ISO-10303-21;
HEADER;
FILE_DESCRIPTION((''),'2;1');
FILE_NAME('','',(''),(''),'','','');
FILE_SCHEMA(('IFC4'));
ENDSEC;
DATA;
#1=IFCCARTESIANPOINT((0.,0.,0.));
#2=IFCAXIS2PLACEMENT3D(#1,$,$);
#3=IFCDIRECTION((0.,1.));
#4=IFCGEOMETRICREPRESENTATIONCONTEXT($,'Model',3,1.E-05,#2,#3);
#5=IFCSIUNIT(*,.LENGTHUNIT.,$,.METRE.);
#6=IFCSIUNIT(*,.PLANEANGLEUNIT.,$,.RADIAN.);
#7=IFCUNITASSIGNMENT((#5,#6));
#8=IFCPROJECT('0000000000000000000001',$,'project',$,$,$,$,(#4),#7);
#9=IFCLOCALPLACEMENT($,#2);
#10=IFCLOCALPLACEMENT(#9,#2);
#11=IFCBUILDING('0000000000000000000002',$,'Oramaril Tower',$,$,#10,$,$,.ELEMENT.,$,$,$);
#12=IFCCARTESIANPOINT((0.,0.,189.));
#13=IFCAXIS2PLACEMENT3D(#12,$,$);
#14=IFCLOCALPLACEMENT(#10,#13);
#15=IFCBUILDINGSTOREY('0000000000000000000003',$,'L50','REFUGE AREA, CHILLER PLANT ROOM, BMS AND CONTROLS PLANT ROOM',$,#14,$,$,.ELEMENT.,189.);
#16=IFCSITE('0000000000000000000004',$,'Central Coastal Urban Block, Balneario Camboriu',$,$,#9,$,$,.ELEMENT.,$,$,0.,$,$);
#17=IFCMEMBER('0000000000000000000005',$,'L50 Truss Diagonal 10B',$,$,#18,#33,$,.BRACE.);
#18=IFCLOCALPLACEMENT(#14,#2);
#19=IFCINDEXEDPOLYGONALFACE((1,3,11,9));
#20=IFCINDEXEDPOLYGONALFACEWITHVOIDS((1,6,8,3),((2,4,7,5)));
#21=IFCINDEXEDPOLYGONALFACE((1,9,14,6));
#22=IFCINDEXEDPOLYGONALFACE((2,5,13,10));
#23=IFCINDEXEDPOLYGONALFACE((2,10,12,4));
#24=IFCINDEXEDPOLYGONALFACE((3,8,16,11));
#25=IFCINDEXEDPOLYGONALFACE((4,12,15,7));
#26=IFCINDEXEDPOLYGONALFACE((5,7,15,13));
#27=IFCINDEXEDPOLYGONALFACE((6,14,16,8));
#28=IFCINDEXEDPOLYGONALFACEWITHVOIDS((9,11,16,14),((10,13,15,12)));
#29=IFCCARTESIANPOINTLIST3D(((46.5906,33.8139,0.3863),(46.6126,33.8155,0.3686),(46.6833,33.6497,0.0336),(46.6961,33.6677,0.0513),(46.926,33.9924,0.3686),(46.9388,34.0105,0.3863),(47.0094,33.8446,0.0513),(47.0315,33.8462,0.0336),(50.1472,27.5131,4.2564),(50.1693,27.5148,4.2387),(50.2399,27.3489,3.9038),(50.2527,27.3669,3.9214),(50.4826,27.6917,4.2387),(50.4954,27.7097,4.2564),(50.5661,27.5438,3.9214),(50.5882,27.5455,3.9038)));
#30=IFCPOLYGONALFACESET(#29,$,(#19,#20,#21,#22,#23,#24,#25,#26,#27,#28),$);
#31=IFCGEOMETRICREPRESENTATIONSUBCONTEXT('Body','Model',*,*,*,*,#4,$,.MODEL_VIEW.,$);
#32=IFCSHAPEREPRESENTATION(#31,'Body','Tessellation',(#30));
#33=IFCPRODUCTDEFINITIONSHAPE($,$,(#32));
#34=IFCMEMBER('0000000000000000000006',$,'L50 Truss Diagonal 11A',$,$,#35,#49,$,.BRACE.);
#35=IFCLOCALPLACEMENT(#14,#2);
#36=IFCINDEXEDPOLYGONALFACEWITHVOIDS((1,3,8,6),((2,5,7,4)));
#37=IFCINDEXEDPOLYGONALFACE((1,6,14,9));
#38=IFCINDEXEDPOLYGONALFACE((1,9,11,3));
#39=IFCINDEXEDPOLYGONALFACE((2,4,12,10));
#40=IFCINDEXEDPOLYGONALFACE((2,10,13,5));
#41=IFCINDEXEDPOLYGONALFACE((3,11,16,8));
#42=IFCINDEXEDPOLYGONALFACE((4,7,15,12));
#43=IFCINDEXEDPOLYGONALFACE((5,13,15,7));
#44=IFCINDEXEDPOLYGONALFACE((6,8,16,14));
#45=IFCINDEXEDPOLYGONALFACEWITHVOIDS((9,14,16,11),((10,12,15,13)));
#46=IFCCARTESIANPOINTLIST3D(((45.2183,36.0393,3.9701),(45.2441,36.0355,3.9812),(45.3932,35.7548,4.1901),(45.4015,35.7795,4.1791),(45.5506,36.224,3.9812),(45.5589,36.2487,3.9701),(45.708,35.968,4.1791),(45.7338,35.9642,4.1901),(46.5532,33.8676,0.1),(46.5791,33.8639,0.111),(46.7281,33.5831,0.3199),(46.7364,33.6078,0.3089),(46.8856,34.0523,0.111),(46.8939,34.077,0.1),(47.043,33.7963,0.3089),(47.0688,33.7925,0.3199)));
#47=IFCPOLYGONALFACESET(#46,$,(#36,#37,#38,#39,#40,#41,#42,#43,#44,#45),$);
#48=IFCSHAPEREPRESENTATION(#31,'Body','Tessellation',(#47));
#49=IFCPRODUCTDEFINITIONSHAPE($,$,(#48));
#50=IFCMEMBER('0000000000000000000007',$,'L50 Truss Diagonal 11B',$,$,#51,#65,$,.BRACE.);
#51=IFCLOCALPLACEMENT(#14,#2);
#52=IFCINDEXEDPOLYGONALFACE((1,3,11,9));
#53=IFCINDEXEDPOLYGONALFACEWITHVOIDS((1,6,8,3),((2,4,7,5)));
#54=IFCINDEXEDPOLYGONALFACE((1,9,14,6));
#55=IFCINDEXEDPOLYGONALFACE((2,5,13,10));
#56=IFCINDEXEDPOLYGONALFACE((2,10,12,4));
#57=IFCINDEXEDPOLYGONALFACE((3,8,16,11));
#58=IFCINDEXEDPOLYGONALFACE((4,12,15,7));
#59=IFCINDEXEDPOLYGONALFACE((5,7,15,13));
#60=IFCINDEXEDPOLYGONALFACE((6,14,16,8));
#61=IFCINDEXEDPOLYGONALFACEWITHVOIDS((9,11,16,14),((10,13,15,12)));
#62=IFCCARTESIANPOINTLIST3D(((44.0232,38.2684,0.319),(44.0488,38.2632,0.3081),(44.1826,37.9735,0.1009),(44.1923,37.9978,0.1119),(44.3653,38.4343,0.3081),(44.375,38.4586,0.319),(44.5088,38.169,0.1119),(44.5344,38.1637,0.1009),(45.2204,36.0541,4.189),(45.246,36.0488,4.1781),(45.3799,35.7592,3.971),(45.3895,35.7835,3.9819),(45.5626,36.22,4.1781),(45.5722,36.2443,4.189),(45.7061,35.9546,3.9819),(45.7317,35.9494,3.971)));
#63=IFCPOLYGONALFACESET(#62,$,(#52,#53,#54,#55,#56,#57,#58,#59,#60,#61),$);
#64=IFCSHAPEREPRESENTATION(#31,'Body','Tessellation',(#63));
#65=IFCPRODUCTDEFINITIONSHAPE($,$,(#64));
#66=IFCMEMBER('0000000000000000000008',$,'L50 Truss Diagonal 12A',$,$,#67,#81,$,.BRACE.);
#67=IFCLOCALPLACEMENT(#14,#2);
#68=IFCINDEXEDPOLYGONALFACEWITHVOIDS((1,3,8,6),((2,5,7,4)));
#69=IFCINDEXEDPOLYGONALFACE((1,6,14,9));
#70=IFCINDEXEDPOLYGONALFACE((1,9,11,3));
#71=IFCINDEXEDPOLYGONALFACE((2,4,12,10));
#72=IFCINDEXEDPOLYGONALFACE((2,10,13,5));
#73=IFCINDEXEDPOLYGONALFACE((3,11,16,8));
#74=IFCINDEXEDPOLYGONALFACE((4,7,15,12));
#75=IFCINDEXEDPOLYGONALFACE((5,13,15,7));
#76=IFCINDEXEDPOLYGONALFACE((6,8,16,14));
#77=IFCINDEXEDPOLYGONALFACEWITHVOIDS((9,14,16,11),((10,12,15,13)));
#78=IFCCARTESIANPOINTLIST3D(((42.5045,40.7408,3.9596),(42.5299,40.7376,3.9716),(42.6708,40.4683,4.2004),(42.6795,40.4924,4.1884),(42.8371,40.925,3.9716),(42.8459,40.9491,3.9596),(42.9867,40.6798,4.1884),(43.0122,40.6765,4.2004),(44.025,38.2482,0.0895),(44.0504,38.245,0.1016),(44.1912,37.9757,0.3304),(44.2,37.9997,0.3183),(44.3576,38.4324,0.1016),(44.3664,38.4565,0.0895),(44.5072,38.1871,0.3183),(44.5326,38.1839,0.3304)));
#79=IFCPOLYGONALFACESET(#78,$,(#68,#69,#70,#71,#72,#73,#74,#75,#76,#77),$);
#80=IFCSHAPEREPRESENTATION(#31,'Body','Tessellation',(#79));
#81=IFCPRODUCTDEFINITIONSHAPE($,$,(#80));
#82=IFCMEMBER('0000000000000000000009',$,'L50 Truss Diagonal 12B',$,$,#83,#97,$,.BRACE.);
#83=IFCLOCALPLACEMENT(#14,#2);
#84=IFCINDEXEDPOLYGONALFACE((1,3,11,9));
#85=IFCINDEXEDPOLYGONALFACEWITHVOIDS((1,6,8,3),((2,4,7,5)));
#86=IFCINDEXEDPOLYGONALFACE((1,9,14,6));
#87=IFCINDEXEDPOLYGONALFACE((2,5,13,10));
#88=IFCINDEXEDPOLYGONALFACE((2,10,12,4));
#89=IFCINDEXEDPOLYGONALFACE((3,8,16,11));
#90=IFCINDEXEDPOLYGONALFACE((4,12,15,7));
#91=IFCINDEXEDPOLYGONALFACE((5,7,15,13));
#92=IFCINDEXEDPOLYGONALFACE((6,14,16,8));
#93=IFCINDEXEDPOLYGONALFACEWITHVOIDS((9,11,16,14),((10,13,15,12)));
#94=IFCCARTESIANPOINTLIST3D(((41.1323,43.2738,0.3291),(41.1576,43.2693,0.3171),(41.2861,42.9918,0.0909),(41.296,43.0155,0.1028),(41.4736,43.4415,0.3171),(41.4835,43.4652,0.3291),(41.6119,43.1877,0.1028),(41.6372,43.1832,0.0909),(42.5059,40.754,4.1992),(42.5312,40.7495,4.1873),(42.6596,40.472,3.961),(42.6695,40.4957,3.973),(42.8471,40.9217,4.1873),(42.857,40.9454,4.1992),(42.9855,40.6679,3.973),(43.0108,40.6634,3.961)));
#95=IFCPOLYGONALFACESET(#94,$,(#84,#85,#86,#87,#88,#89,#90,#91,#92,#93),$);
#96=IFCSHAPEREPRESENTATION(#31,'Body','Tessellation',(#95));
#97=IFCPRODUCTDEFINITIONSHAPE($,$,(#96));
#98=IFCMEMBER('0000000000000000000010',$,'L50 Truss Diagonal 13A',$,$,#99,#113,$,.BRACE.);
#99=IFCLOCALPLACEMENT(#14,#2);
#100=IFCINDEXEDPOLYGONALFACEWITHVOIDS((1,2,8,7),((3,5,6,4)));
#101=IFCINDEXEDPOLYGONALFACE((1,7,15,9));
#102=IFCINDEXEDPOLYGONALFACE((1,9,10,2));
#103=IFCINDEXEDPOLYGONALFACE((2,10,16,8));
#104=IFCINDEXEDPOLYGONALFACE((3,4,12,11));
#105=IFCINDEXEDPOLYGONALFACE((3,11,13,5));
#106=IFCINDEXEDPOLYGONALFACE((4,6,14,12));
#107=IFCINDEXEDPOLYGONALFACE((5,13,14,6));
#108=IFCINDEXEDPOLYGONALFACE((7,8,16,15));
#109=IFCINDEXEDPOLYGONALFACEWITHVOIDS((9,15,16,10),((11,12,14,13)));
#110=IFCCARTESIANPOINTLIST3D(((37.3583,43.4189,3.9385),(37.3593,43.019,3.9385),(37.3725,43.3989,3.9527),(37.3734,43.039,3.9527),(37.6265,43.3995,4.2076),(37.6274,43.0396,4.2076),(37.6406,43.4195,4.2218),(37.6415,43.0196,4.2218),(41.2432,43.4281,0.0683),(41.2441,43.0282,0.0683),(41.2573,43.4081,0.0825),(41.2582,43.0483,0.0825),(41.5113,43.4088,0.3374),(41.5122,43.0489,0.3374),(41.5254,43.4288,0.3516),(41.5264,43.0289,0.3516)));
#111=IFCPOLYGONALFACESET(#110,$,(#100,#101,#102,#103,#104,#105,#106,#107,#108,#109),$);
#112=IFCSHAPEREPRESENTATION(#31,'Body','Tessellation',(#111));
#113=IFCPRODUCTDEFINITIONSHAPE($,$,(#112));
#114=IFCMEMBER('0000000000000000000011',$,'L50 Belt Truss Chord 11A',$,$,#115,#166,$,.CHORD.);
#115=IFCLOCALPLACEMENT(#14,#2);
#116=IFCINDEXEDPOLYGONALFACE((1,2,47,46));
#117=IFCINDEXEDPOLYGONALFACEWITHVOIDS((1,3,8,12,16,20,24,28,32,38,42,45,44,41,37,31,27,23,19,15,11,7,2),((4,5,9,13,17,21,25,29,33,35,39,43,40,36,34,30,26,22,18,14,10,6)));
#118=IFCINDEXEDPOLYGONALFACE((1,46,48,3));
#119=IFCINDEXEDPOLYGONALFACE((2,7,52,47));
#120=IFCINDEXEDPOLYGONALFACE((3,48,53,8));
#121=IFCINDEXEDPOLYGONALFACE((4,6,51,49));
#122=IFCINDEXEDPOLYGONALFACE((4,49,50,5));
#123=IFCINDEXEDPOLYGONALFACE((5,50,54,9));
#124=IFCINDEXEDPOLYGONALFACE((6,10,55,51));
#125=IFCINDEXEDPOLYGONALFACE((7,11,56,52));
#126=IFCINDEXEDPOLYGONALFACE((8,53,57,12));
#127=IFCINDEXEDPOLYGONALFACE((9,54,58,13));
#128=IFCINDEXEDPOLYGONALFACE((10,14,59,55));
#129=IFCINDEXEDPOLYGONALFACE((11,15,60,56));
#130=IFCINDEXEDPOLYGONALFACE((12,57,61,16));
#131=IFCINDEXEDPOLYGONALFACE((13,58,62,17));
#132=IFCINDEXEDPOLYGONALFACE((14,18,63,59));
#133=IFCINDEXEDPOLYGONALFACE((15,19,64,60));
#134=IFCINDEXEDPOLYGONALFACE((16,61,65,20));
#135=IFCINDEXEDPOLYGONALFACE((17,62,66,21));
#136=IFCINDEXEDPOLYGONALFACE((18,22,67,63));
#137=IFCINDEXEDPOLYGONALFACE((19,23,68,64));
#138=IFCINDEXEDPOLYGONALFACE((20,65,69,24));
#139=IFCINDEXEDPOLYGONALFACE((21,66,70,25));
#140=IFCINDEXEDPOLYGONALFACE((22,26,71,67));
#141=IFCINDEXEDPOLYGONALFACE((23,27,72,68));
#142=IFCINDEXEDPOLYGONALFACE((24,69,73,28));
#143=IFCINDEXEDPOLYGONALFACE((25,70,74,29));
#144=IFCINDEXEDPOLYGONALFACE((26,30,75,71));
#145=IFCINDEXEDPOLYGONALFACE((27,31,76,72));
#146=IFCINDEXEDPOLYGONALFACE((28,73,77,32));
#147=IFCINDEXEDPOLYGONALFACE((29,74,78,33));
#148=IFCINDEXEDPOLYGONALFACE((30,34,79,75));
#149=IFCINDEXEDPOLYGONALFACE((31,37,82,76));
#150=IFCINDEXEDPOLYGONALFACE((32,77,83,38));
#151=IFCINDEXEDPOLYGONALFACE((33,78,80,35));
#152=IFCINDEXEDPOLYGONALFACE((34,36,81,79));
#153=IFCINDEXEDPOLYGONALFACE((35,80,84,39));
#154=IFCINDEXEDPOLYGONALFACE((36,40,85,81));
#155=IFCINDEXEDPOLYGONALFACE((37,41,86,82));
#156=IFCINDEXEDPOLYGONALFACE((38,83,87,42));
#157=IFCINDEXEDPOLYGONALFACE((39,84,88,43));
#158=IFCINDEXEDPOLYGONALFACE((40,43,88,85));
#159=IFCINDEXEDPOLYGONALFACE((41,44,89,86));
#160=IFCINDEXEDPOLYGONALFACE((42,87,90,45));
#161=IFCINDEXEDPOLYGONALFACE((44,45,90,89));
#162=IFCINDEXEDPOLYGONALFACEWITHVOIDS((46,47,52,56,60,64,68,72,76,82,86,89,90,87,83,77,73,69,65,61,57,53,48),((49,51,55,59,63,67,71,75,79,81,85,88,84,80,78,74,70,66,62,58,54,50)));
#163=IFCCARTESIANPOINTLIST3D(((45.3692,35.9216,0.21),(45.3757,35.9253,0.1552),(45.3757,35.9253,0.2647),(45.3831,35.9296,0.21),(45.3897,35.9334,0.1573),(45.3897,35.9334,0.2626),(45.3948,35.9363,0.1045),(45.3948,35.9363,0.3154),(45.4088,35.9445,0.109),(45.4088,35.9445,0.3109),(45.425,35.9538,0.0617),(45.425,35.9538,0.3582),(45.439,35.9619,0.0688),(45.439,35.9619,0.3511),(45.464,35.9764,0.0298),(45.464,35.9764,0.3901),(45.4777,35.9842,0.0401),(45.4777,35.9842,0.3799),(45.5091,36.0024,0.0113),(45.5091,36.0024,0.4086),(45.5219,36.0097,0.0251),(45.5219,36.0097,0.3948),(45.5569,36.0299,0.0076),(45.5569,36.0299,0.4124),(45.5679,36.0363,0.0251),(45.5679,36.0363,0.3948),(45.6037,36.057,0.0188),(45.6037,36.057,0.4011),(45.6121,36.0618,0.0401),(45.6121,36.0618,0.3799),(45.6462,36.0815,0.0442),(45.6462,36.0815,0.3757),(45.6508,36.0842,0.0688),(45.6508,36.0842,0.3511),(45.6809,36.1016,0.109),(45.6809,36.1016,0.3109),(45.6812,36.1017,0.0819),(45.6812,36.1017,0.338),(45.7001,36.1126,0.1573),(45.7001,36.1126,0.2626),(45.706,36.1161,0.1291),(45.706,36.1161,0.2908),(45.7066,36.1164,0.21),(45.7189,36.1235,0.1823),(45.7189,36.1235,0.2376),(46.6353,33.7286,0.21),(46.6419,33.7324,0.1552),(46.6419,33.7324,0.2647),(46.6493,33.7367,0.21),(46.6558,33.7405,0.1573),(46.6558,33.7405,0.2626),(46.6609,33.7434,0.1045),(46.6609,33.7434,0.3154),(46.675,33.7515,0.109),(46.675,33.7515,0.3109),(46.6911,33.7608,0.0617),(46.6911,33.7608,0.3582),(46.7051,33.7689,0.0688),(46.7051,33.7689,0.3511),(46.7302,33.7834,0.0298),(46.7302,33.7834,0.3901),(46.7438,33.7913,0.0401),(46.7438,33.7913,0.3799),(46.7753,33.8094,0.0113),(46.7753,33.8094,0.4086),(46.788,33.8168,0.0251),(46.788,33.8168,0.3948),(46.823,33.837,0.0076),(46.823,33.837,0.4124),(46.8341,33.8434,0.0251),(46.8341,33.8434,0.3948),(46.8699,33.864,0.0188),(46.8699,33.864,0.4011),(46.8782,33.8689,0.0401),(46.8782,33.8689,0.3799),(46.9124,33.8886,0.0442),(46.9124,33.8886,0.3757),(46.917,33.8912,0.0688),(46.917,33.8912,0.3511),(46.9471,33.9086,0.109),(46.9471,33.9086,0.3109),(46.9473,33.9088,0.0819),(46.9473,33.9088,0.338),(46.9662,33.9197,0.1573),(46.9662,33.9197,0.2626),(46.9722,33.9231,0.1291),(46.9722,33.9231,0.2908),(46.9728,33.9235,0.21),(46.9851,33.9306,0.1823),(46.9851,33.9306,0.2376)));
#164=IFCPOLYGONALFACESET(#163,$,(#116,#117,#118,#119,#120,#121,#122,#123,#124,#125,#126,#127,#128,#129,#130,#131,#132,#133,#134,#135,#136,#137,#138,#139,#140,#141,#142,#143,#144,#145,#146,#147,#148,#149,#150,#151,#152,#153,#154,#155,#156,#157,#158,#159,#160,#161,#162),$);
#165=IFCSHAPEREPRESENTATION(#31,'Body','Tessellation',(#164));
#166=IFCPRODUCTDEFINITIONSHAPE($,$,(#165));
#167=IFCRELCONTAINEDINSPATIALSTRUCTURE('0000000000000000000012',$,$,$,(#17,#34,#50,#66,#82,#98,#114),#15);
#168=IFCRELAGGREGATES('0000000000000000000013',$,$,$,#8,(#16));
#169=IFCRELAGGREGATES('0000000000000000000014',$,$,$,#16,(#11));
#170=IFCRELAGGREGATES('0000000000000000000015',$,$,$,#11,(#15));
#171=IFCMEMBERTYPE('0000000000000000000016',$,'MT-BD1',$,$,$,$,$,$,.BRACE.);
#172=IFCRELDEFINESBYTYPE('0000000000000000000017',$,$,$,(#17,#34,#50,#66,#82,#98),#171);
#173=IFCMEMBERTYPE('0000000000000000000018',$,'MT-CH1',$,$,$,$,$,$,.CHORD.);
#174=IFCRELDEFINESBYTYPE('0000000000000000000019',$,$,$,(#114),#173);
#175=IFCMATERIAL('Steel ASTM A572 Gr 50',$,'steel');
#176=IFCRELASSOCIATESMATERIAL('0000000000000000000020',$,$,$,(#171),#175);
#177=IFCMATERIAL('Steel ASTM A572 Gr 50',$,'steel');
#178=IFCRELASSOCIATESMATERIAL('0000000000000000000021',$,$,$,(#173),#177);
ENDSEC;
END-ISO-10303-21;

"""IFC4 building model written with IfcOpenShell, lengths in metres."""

from ifc_helpers import new_model, si_unit, direction, frame, origin, origin_2d, place, context, subcontext, project, spatial, hollow_rectangle, hollow_circle, extrude, material, material_profile, profile_set, type_object, element, save


model = new_model("IFC4")

# Units and contexts
model_context = context("Model", 3, precision=1e-05, world=origin(), true_north=direction((0.0, 1.0)))
body_context = subcontext(model_context, "Body", "Model", "MODEL_VIEW")
ifc_project = project(units=[si_unit("LENGTHUNIT", "METRE"), si_unit("PLANEANGLEUNIT", "RADIAN")], contexts=[model_context])

# Site, building, storey
site_placement = place(None, origin())
site = spatial("IfcSite", under=ifc_project, at=site_placement, Name="Central Coastal Urban Block, Balneario Camboriu", CompositionType="ELEMENT", RefElevation=0.0)
building_placement = place(site_placement, origin())
building = spatial("IfcBuilding", under=site, at=building_placement, Name="Oramaril Tower", CompositionType="ELEMENT")
storey_placement = place(building_placement, frame((0.0, 0.0, 189.0)))
storey = spatial("IfcBuildingStorey", under=building, at=storey_placement, Name="L50", Description="REFUGE AREA, CHILLER PLANT ROOM, BMS AND CONTROLS PLANT ROOM", CompositionType="ELEMENT", Elevation=189.0)

# Members
ifc_material_1 = material(Name="Steel ASTM A572 Gr 50", Category="steel")
ifc_material_profile_1 = material_profile(ifc_material_1, hollow_rectangle(XDim=0.3999, YDim=0.3999, WallThickness=0.02, at=origin_2d()), Name="HSS400X400X20")
ifc_profile_set_1 = profile_set([ifc_material_profile_1], Name="Steel ASTM A572 Gr 50")
member_type_1 = type_object("IfcMemberType", Name="MT-BD1", PredefinedType="BRACE", material=ifc_profile_set_1)
member_1_placement = place(storey_placement, frame((46.811, 33.8301, 0.21), z_axis=(0.433455, -0.767889, 0.471659), x_axis=(0.870839, 0.491568, 0.0)))
element("IfcMember", 1, at=member_1_placement, inside=storey, type_object=member_type_1, Name="L50 Truss Diagonal 10B", PredefinedType="BRACE", context=body_context, shape_type="SweptSolid", body=[
    extrude(hollow_rectangle(XDim=0.3999, YDim=0.3999, WallThickness=0.02, at=origin_2d()), origin(), (0.0, 0.0, 1.0), 8.2053),
])
member_2_placement = place(storey_placement, frame((46.811, 33.8301, 0.21), z_axis=(-0.288067, 0.468609, 0.835119), x_axis=(-0.851908, -0.523691, 0.0)))
element("IfcMember", 2, at=member_2_placement, inside=storey, type_object=member_type_1, Name="L50 Truss Diagonal 11A", PredefinedType="BRACE", context=body_context, shape_type="SweptSolid", body=[
    extrude(hollow_rectangle(XDim=0.3999, YDim=0.3999, WallThickness=0.02, at=origin_2d()), origin(), (0.0, 0.0, 1.0), 4.6343),
])
member_3_placement = place(storey_placement, frame((44.2788, 38.2161, 0.21), z_axis=(0.259329, -0.479632, 0.838273), x_axis=(0.879654, 0.475614, 0.0)))
element("IfcMember", 3, at=member_3_placement, inside=storey, type_object=member_type_1, Name="L50 Truss Diagonal 11B", PredefinedType="BRACE", context=body_context, shape_type="SweptSolid", body=[
    extrude(hollow_rectangle(XDim=0.3999, YDim=0.3999, WallThickness=0.02, at=origin_2d()), origin(), (0.0, 0.0, 1.0), 4.6167),
])
member_4_placement = place(storey_placement, frame((44.2788, 38.2161, 0.21), z_axis=(-0.313636, 0.514165, 0.79829), x_axis=(-0.853707, -0.520753, 0.0)))
element("IfcMember", 4, at=member_4_placement, inside=storey, type_object=member_type_1, Name="L50 Truss Diagonal 12A", PredefinedType="BRACE", context=body_context, shape_type="SweptSolid", body=[
    extrude(hollow_rectangle(XDim=0.3999, YDim=0.3999, WallThickness=0.02, at=origin_2d()), origin(), (0.0, 0.0, 1.0), 4.8479),
])
member_5_placement = place(storey_placement, frame((41.3848, 43.2285, 0.21), z_axis=(0.285081, -0.522986, 0.803253), x_axis=(0.878026, 0.478614, 0.0)))
element("IfcMember", 5, at=member_5_placement, inside=storey, type_object=member_type_1, Name="L50 Truss Diagonal 12B", PredefinedType="BRACE", context=body_context, shape_type="SweptSolid", body=[
    extrude(hollow_rectangle(XDim=0.3999, YDim=0.3999, WallThickness=0.02, at=origin_2d()), origin(), (0.0, 0.0, 1.0), 4.8181),
])
member_6_placement = place(storey_placement, frame((41.3848, 43.2285, 0.21), z_axis=(-0.70844, -0.001692, 0.705769), x_axis=(0.002388, -0.999997, 0.0)))
element("IfcMember", 6, at=member_6_placement, inside=storey, type_object=member_type_1, Name="L50 Truss Diagonal 13A", PredefinedType="BRACE", context=body_context, shape_type="SweptSolid", body=[
    extrude(hollow_rectangle(XDim=0.3999, YDim=0.3999, WallThickness=0.02, at=origin_2d()), origin(), (0.0, 0.0, 1.0), 5.4836),
])
ifc_material_2 = material(Name="Steel ASTM A572 Gr 50", Category="steel")
ifc_material_profile_2 = material_profile(ifc_material_2, hollow_circle(Radius=0.2029, WallThickness=0.0161, at=origin_2d()), Name="CHS406X16")
ifc_profile_set_2 = profile_set([ifc_material_profile_2], Name="Steel ASTM A572 Gr 50")
member_type_2 = type_object("IfcMemberType", Name="MT-CH1", PredefinedType="CHORD", material=ifc_profile_set_2)
member_7_placement = place(storey_placement, frame((46.811, 33.8301, 0.21), z_axis=(-0.500017, 0.866015, 0.0), x_axis=(-0.866015, -0.500017, 0.0)))
element("IfcMember", 7, at=member_7_placement, inside=storey, type_object=member_type_2, Name="L50 Belt Truss Chord 11A", PredefinedType="CHORD", context=body_context, shape_type="SweptSolid", body=[
    extrude(hollow_circle(Radius=0.2029, WallThickness=0.0161, at=origin_2d()), origin(), (0.0, 0.0, 1.0), 2.5322),
])

save(model, "model.ifc")
